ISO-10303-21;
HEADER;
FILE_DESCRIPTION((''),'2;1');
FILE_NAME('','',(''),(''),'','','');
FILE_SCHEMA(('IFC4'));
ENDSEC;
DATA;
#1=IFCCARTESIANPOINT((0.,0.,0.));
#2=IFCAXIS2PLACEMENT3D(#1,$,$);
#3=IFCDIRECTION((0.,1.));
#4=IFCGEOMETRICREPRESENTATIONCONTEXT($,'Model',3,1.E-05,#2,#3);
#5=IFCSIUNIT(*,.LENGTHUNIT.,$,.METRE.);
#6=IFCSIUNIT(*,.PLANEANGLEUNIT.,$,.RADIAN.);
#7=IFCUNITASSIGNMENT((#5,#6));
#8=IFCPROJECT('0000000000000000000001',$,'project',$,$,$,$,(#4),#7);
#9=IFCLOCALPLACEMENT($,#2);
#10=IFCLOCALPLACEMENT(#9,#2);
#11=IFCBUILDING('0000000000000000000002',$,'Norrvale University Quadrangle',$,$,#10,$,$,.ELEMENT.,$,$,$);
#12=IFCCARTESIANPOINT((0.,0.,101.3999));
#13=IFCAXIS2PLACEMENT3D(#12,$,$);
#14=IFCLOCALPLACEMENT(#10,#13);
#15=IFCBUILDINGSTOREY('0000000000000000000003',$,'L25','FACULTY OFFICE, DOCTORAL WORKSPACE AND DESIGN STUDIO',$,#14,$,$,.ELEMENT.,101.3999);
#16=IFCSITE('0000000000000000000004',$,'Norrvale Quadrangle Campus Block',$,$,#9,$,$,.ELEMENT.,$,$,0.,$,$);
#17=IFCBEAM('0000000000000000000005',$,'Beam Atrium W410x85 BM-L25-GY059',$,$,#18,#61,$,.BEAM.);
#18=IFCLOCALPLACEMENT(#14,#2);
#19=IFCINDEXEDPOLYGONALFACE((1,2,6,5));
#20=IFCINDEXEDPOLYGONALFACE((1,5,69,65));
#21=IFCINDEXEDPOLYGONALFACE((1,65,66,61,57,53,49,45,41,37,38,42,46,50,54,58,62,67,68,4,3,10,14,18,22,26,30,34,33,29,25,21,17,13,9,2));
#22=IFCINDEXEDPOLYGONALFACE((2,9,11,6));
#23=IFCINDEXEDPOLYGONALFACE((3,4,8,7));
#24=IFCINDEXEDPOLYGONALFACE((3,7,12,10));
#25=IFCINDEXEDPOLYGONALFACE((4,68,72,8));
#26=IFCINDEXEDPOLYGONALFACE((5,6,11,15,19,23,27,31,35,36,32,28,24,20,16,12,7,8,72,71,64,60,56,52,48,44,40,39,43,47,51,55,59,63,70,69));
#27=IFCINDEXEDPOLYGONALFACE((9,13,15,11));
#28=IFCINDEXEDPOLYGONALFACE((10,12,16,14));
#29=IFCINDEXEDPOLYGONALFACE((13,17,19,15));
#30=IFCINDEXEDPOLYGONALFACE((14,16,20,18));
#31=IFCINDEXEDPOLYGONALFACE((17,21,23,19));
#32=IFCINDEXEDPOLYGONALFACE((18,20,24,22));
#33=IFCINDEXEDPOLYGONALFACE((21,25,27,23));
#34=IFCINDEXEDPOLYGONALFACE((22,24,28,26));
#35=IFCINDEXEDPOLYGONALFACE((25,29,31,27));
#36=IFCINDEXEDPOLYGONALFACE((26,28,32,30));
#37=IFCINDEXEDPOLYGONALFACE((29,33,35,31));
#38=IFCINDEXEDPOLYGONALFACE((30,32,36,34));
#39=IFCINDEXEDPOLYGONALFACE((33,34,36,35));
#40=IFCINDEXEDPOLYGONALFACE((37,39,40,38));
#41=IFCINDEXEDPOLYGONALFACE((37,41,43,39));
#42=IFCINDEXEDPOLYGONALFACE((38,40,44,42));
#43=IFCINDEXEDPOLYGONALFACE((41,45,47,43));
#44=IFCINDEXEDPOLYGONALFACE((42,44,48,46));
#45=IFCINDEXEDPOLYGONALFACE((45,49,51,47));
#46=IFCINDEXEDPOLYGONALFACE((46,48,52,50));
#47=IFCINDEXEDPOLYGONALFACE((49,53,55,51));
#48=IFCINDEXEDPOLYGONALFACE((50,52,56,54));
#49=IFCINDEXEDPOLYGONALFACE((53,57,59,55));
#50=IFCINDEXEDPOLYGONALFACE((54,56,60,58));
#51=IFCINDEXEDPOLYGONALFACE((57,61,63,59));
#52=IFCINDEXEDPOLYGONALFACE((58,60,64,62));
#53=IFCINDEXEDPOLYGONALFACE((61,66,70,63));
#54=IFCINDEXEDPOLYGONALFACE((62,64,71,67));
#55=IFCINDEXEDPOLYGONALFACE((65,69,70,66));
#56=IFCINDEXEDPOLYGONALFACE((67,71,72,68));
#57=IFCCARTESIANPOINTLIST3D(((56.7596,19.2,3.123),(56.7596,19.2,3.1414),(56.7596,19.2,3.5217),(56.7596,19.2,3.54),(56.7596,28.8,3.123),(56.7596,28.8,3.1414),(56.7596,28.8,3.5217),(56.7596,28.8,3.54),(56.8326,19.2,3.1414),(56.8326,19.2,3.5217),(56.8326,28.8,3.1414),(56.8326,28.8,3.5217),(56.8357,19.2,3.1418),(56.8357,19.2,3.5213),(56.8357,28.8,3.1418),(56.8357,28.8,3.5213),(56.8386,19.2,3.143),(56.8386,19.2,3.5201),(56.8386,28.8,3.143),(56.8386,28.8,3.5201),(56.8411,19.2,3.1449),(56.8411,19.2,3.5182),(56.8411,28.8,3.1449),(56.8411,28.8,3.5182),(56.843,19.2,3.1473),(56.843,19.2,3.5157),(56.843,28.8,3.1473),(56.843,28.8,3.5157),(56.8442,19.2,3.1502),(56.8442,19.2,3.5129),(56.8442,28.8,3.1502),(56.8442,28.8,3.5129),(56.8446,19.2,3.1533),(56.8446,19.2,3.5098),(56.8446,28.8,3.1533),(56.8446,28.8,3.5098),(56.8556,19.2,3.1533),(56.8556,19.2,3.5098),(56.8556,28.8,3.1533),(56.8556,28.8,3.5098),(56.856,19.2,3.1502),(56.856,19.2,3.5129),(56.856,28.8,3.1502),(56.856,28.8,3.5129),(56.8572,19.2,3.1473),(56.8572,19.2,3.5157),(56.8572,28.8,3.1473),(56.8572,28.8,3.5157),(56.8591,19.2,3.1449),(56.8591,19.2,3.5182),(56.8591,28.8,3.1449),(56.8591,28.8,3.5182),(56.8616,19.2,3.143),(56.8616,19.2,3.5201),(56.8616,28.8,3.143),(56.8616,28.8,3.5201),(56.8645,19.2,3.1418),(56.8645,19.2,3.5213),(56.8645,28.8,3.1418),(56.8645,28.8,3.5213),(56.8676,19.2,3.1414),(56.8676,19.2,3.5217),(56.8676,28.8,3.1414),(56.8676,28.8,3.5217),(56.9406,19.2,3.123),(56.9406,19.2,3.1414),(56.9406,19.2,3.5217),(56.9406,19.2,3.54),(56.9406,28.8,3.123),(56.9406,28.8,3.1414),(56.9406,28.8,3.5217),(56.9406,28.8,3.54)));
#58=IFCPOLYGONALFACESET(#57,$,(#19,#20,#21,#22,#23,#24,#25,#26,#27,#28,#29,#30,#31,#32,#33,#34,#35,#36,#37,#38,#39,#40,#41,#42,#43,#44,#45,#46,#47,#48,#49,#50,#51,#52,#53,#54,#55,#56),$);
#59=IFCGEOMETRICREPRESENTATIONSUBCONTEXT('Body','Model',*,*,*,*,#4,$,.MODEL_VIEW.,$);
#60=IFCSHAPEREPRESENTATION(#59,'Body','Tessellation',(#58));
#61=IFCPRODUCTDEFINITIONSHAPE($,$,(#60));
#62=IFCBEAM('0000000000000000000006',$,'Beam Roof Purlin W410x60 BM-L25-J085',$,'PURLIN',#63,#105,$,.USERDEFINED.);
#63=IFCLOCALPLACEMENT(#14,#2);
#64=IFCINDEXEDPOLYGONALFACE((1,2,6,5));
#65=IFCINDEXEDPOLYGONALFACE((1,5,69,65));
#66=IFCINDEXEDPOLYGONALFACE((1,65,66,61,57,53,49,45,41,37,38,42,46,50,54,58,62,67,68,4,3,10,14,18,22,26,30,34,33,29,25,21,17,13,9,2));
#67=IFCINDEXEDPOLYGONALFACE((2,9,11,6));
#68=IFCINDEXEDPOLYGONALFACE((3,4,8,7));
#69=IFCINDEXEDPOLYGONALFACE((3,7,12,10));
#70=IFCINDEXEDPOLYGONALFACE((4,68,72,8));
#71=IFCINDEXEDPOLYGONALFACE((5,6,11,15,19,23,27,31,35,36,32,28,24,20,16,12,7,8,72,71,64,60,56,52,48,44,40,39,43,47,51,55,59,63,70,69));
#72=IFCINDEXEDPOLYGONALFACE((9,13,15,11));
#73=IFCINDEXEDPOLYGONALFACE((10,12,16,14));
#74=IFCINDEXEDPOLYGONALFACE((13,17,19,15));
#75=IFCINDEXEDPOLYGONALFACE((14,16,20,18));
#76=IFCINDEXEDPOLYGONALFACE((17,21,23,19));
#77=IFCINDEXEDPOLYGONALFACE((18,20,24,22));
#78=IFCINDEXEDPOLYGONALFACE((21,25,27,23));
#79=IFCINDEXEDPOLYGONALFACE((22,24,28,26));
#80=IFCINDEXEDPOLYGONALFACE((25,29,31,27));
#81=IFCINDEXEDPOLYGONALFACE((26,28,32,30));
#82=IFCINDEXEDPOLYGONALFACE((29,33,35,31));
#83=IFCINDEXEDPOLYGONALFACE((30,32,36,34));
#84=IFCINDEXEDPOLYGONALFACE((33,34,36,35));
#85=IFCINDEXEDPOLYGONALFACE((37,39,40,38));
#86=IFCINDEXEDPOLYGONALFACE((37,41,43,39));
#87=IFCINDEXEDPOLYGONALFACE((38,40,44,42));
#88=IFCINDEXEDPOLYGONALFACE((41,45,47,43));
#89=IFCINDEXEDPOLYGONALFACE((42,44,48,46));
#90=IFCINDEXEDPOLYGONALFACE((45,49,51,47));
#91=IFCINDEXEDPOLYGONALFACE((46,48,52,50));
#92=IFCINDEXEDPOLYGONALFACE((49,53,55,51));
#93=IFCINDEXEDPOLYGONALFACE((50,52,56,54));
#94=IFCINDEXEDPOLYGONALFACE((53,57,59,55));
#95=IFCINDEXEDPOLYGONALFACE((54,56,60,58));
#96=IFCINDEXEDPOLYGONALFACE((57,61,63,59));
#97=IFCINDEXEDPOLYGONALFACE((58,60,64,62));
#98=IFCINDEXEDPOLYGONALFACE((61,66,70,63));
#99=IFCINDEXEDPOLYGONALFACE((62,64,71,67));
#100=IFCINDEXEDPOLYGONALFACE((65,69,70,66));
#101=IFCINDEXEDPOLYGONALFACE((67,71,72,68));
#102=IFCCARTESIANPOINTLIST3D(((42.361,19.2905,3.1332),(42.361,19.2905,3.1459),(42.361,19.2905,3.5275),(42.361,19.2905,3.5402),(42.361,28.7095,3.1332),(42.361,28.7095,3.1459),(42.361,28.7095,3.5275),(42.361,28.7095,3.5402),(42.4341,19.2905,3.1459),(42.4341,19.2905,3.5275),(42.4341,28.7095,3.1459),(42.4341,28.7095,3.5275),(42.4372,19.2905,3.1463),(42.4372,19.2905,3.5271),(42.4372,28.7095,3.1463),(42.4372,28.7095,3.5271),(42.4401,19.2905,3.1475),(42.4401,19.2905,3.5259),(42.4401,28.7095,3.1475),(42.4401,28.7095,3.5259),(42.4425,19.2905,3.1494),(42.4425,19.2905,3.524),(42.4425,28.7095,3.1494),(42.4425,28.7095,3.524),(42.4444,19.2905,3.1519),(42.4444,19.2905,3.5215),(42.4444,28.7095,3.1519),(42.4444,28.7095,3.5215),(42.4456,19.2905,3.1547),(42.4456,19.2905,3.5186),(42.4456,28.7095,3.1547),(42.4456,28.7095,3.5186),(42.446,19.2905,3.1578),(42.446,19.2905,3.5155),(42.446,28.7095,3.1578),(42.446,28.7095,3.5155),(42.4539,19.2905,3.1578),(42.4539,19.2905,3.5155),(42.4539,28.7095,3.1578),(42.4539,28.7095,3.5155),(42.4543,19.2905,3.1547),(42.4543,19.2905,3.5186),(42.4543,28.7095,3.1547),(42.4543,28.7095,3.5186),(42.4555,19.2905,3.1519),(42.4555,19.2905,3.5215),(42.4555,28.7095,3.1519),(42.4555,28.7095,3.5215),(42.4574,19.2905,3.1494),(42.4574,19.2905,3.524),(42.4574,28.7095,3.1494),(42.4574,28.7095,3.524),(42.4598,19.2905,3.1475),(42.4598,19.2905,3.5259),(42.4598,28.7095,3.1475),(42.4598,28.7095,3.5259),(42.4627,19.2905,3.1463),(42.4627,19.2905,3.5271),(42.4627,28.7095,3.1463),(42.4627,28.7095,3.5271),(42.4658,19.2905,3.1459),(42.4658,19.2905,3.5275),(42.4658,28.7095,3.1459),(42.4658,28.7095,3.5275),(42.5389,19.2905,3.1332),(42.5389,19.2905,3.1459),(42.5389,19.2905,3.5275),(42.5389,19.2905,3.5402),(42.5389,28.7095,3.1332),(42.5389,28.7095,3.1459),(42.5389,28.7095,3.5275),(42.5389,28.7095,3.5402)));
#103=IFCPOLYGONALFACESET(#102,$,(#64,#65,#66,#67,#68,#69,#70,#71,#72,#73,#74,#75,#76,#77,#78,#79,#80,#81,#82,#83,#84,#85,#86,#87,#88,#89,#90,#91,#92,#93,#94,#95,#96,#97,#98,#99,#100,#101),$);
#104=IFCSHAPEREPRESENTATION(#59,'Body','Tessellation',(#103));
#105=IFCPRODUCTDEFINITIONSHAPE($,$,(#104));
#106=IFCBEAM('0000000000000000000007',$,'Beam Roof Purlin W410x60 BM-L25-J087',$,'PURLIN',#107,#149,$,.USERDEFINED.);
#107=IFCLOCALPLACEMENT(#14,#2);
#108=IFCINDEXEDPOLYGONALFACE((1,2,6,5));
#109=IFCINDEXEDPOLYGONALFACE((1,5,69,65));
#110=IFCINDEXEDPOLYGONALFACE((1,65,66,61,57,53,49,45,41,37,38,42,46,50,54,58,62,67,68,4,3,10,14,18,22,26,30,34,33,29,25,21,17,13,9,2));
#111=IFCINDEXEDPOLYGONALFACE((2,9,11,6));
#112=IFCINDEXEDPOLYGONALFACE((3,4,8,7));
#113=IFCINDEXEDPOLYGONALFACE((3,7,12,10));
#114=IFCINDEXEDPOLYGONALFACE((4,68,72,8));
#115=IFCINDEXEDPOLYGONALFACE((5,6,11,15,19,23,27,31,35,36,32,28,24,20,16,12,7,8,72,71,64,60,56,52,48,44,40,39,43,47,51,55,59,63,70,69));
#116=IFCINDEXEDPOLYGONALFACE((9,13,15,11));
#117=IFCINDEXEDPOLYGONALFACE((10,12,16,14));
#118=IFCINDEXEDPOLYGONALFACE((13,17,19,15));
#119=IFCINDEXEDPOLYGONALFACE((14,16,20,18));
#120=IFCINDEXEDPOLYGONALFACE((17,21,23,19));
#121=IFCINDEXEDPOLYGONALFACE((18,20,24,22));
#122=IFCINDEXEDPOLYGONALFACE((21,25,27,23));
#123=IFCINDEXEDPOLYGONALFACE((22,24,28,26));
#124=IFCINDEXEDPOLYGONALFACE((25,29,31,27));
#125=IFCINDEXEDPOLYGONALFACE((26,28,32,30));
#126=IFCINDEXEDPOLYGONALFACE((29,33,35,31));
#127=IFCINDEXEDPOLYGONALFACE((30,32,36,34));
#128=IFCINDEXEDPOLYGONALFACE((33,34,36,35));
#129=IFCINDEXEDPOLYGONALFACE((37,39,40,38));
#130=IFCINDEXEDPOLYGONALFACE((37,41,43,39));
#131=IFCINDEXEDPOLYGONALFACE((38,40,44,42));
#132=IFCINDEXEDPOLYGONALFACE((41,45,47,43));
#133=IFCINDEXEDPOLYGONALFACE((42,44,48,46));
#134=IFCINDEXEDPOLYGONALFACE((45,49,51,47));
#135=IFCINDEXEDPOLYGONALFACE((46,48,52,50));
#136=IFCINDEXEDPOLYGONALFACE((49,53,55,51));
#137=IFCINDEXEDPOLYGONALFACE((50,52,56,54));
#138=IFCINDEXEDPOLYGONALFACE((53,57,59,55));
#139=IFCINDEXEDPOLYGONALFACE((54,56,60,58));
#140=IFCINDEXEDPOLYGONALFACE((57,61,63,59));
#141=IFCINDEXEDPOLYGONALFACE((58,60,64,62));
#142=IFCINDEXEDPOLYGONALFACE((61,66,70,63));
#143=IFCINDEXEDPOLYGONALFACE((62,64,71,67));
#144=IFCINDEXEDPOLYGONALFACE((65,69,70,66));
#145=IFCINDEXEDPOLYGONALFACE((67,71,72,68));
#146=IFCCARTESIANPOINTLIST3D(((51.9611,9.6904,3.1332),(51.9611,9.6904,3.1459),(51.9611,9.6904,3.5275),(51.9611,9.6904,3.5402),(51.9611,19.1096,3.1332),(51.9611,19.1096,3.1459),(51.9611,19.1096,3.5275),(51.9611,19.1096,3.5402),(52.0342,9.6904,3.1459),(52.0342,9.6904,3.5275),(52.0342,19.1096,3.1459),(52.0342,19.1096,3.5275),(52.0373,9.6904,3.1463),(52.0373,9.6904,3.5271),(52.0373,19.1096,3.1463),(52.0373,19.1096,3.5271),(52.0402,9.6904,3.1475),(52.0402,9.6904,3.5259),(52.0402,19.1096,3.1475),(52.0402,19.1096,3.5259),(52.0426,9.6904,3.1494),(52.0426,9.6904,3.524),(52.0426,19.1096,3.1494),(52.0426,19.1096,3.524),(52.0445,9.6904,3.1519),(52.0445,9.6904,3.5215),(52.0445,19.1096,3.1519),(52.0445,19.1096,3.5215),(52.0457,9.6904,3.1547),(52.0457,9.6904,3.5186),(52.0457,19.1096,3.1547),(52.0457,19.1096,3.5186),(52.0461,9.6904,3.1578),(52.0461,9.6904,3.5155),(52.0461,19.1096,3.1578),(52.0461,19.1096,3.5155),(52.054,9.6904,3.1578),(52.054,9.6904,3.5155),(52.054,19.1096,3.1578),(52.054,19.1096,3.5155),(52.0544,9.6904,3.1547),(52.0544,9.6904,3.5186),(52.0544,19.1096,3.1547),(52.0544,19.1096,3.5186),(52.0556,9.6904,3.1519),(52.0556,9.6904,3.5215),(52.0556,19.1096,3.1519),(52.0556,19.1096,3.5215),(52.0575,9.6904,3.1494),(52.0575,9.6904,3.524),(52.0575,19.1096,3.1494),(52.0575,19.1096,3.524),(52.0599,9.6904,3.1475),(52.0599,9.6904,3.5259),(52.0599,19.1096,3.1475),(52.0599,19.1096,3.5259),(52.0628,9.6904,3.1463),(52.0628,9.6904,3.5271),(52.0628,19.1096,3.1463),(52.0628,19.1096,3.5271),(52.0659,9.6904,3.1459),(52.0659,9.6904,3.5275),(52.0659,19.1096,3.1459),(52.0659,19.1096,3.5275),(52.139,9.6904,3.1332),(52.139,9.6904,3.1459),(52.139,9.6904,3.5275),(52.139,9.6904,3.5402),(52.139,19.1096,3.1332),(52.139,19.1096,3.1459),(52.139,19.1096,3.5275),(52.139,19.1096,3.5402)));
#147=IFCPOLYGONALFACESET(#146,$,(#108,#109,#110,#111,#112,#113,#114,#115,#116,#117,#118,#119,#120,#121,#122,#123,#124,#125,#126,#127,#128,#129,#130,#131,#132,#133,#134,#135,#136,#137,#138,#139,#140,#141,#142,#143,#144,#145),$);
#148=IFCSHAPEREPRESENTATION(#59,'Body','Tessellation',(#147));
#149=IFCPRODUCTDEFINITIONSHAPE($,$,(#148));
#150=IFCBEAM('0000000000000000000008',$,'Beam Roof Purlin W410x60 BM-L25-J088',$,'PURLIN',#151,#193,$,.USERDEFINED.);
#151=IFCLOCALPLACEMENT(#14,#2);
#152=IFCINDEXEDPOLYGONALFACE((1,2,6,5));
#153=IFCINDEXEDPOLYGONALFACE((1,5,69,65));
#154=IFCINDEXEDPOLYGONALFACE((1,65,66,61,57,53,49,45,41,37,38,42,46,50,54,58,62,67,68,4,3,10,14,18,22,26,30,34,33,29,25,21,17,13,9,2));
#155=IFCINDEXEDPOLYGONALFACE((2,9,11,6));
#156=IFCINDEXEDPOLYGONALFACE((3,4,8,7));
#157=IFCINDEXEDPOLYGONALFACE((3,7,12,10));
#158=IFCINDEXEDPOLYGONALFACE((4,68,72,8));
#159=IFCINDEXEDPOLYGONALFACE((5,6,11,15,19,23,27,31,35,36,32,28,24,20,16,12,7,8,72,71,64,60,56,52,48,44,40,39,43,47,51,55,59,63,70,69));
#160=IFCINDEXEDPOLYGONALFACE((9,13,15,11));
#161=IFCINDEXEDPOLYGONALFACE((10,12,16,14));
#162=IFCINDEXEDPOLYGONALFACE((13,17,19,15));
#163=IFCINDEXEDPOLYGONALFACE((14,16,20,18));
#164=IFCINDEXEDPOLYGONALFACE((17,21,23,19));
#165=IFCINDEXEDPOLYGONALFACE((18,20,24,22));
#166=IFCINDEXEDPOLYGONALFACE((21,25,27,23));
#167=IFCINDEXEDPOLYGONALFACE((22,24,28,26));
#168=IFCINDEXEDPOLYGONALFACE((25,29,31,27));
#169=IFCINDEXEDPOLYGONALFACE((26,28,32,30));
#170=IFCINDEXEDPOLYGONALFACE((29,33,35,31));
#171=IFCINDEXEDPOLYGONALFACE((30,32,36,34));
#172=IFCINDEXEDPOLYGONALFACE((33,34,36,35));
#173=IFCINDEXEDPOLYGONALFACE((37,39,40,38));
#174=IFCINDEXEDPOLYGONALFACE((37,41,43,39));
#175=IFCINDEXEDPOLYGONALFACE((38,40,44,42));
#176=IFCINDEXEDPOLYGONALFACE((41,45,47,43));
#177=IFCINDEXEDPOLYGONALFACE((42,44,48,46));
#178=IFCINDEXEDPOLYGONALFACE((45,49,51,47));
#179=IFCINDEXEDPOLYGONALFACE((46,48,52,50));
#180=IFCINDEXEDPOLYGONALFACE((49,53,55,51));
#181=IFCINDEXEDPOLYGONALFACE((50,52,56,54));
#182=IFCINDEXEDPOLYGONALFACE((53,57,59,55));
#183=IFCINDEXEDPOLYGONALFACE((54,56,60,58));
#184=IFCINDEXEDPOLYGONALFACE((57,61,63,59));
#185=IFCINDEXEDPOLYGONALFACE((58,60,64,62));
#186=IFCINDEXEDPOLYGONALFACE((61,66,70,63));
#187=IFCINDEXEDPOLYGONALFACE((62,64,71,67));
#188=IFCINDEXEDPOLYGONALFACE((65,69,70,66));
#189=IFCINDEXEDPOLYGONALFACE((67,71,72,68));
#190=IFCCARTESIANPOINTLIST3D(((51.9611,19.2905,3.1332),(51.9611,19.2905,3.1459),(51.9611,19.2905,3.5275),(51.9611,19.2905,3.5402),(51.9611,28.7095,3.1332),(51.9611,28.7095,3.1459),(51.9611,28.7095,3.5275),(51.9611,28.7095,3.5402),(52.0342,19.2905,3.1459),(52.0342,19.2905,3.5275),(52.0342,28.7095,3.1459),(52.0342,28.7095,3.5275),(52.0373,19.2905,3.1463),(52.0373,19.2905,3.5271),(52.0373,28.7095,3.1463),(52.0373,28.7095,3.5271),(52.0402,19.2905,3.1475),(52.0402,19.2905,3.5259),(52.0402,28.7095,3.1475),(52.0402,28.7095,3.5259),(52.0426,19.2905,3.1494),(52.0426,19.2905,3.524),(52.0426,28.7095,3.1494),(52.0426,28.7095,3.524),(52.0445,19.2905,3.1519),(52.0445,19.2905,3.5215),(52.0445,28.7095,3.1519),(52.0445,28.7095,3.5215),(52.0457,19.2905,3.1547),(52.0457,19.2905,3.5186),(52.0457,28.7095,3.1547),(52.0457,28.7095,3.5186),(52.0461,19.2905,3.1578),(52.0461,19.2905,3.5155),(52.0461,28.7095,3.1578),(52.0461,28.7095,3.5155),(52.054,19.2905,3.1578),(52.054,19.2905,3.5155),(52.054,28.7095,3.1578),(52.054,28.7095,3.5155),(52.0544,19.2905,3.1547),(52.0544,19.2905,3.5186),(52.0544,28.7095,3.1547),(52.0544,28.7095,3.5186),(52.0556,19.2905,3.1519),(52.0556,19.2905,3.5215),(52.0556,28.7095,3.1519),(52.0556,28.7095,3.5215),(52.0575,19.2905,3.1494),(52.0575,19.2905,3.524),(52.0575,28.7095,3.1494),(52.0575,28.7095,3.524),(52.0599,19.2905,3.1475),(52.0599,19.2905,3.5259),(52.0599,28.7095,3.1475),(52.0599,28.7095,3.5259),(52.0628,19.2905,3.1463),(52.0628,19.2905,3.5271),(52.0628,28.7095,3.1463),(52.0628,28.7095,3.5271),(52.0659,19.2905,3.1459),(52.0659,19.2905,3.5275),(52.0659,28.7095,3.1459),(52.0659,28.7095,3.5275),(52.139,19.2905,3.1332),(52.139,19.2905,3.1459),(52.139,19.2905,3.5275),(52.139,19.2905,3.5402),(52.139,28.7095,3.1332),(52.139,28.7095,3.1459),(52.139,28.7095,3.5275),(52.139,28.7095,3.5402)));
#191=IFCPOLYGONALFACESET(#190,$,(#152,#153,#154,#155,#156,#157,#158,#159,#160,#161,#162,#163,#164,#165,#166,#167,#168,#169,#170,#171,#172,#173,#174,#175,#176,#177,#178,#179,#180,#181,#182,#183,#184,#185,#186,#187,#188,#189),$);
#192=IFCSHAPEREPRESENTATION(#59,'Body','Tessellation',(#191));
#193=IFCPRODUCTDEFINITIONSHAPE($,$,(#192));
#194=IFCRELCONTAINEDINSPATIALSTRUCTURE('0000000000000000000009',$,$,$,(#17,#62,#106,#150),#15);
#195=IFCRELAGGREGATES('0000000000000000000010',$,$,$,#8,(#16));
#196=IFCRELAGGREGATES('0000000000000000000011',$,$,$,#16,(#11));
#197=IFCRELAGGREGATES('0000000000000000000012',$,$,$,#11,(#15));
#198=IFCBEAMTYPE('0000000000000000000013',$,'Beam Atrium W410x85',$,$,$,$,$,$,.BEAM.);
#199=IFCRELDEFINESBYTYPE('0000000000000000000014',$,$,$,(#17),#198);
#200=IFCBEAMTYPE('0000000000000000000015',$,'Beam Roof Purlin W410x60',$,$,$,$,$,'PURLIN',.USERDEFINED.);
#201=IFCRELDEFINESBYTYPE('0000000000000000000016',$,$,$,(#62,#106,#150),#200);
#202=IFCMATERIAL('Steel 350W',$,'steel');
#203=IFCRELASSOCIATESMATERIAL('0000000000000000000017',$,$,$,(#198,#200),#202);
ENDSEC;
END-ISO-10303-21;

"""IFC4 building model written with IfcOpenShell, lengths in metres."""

from ifc_helpers import new_model, si_unit, direction, frame, origin, origin_2d, place, context, subcontext, project, spatial, i_section, extrude, material, material_profile, profile_set, type_object, element, save


model = new_model("IFC4")

# Units and contexts
model_context = context("Model", 3, precision=1e-05, world=origin(), true_north=direction((0.0, 1.0)))
body_context = subcontext(model_context, "Body", "Model", "MODEL_VIEW")
ifc_project = project(units=[si_unit("LENGTHUNIT", "METRE"), si_unit("PLANEANGLEUNIT", "RADIAN")], contexts=[model_context])

# Site, building, storey
site_placement = place(None, origin())
site = spatial("IfcSite", under=ifc_project, at=site_placement, Name="Norrvale Quadrangle Campus Block", CompositionType="ELEMENT", RefElevation=0.0)
building_placement = place(site_placement, origin())
building = spatial("IfcBuilding", under=site, at=building_placement, Name="Norrvale University Quadrangle", CompositionType="ELEMENT")
storey_placement = place(building_placement, frame((0.0, 0.0, 101.3999)))
storey = spatial("IfcBuildingStorey", under=building, at=storey_placement, Name="L25", Description="FACULTY OFFICE, DOCTORAL WORKSPACE AND DESIGN STUDIO", CompositionType="ELEMENT", Elevation=101.3999)

# Beams
ifc_material_1 = material(Name="Steel 350W", Category="steel")
ifc_material_profile_1 = material_profile(ifc_material_1, i_section(OverallWidth=0.1809, OverallDepth=0.417, WebThickness=0.011, FlangeThickness=0.0183, FilletRadius=0.012, at=origin_2d()), Name="Steel 350W")
ifc_profile_set_1 = profile_set([ifc_material_profile_1], Name="Steel 350W")
beam_type_1 = type_object("IfcBeamType", Name="Beam Atrium W410x85", PredefinedType="BEAM", material=ifc_profile_set_1)
beam_1_placement = place(storey_placement, frame((56.8501, 19.2, 3.3315), z_axis=(0.0, 1.0, 0.0), x_axis=(-1.0, 0.0, 0.0)))
element("IfcBeam", 1, at=beam_1_placement, inside=storey, type_object=beam_type_1, Name="Beam Atrium W410x85 BM-L25-GY059", PredefinedType="BEAM", context=body_context, shape_type="SweptSolid", body=[
    extrude(i_section(OverallWidth=0.1809, OverallDepth=0.417, WebThickness=0.011, FlangeThickness=0.0183, FilletRadius=0.012, at=origin_2d()), origin(), (0.0, 0.0, 1.0), 9.6001),
])
ifc_material_profile_2 = material_profile(ifc_material_1, i_section(OverallWidth=0.178, OverallDepth=0.407, WebThickness=0.0078, FlangeThickness=0.0127, FilletRadius=0.012, at=origin_2d()), Name="Steel 350W")
ifc_profile_set_2 = profile_set([ifc_material_profile_2], Name="Steel 350W")
beam_type_2 = type_object("IfcBeamType", Name="Beam Roof Purlin W410x60", ElementType="PURLIN", PredefinedType="USERDEFINED", material=ifc_profile_set_2)
beam_2_placement = place(storey_placement, frame((42.45, 19.2905, 3.3367), z_axis=(0.0, 1.0, 0.0), x_axis=(-1.0, 0.0, 0.0)))
element("IfcBeam", 2, at=beam_2_placement, inside=storey, type_object=beam_type_2, Name="Beam Roof Purlin W410x60 BM-L25-J085", ObjectType="PURLIN", PredefinedType="USERDEFINED", context=body_context, shape_type="SweptSolid", body=[
    extrude(i_section(OverallWidth=0.178, OverallDepth=0.407, WebThickness=0.0078, FlangeThickness=0.0127, FilletRadius=0.012, at=origin_2d()), origin(), (0.0, 0.0, 1.0), 9.4189),
])
beam_3_placement = place(storey_placement, frame((52.05, 9.6904, 3.3367), z_axis=(0.0, 1.0, 0.0), x_axis=(-1.0, 0.0, 0.0)))
element("IfcBeam", 3, at=beam_3_placement, inside=storey, type_object=beam_type_2, Name="Beam Roof Purlin W410x60 BM-L25-J087", ObjectType="PURLIN", PredefinedType="USERDEFINED", context=body_context, shape_type="SweptSolid", body=[
    extrude(i_section(OverallWidth=0.178, OverallDepth=0.407, WebThickness=0.0078, FlangeThickness=0.0127, FilletRadius=0.012, at=origin_2d()), origin(), (0.0, 0.0, 1.0), 9.4192),
])
beam_4_placement = place(storey_placement, frame((52.05, 19.2905, 3.3367), z_axis=(0.0, 1.0, 0.0), x_axis=(-1.0, 0.0, 0.0)))
element("IfcBeam", 4, at=beam_4_placement, inside=storey, type_object=beam_type_2, Name="Beam Roof Purlin W410x60 BM-L25-J088", ObjectType="PURLIN", PredefinedType="USERDEFINED", context=body_context, shape_type="SweptSolid", body=[
    extrude(i_section(OverallWidth=0.178, OverallDepth=0.407, WebThickness=0.0078, FlangeThickness=0.0127, FilletRadius=0.012, at=origin_2d()), origin(), (0.0, 0.0, 1.0), 9.4189),
])

save(model, "model.ifc")
